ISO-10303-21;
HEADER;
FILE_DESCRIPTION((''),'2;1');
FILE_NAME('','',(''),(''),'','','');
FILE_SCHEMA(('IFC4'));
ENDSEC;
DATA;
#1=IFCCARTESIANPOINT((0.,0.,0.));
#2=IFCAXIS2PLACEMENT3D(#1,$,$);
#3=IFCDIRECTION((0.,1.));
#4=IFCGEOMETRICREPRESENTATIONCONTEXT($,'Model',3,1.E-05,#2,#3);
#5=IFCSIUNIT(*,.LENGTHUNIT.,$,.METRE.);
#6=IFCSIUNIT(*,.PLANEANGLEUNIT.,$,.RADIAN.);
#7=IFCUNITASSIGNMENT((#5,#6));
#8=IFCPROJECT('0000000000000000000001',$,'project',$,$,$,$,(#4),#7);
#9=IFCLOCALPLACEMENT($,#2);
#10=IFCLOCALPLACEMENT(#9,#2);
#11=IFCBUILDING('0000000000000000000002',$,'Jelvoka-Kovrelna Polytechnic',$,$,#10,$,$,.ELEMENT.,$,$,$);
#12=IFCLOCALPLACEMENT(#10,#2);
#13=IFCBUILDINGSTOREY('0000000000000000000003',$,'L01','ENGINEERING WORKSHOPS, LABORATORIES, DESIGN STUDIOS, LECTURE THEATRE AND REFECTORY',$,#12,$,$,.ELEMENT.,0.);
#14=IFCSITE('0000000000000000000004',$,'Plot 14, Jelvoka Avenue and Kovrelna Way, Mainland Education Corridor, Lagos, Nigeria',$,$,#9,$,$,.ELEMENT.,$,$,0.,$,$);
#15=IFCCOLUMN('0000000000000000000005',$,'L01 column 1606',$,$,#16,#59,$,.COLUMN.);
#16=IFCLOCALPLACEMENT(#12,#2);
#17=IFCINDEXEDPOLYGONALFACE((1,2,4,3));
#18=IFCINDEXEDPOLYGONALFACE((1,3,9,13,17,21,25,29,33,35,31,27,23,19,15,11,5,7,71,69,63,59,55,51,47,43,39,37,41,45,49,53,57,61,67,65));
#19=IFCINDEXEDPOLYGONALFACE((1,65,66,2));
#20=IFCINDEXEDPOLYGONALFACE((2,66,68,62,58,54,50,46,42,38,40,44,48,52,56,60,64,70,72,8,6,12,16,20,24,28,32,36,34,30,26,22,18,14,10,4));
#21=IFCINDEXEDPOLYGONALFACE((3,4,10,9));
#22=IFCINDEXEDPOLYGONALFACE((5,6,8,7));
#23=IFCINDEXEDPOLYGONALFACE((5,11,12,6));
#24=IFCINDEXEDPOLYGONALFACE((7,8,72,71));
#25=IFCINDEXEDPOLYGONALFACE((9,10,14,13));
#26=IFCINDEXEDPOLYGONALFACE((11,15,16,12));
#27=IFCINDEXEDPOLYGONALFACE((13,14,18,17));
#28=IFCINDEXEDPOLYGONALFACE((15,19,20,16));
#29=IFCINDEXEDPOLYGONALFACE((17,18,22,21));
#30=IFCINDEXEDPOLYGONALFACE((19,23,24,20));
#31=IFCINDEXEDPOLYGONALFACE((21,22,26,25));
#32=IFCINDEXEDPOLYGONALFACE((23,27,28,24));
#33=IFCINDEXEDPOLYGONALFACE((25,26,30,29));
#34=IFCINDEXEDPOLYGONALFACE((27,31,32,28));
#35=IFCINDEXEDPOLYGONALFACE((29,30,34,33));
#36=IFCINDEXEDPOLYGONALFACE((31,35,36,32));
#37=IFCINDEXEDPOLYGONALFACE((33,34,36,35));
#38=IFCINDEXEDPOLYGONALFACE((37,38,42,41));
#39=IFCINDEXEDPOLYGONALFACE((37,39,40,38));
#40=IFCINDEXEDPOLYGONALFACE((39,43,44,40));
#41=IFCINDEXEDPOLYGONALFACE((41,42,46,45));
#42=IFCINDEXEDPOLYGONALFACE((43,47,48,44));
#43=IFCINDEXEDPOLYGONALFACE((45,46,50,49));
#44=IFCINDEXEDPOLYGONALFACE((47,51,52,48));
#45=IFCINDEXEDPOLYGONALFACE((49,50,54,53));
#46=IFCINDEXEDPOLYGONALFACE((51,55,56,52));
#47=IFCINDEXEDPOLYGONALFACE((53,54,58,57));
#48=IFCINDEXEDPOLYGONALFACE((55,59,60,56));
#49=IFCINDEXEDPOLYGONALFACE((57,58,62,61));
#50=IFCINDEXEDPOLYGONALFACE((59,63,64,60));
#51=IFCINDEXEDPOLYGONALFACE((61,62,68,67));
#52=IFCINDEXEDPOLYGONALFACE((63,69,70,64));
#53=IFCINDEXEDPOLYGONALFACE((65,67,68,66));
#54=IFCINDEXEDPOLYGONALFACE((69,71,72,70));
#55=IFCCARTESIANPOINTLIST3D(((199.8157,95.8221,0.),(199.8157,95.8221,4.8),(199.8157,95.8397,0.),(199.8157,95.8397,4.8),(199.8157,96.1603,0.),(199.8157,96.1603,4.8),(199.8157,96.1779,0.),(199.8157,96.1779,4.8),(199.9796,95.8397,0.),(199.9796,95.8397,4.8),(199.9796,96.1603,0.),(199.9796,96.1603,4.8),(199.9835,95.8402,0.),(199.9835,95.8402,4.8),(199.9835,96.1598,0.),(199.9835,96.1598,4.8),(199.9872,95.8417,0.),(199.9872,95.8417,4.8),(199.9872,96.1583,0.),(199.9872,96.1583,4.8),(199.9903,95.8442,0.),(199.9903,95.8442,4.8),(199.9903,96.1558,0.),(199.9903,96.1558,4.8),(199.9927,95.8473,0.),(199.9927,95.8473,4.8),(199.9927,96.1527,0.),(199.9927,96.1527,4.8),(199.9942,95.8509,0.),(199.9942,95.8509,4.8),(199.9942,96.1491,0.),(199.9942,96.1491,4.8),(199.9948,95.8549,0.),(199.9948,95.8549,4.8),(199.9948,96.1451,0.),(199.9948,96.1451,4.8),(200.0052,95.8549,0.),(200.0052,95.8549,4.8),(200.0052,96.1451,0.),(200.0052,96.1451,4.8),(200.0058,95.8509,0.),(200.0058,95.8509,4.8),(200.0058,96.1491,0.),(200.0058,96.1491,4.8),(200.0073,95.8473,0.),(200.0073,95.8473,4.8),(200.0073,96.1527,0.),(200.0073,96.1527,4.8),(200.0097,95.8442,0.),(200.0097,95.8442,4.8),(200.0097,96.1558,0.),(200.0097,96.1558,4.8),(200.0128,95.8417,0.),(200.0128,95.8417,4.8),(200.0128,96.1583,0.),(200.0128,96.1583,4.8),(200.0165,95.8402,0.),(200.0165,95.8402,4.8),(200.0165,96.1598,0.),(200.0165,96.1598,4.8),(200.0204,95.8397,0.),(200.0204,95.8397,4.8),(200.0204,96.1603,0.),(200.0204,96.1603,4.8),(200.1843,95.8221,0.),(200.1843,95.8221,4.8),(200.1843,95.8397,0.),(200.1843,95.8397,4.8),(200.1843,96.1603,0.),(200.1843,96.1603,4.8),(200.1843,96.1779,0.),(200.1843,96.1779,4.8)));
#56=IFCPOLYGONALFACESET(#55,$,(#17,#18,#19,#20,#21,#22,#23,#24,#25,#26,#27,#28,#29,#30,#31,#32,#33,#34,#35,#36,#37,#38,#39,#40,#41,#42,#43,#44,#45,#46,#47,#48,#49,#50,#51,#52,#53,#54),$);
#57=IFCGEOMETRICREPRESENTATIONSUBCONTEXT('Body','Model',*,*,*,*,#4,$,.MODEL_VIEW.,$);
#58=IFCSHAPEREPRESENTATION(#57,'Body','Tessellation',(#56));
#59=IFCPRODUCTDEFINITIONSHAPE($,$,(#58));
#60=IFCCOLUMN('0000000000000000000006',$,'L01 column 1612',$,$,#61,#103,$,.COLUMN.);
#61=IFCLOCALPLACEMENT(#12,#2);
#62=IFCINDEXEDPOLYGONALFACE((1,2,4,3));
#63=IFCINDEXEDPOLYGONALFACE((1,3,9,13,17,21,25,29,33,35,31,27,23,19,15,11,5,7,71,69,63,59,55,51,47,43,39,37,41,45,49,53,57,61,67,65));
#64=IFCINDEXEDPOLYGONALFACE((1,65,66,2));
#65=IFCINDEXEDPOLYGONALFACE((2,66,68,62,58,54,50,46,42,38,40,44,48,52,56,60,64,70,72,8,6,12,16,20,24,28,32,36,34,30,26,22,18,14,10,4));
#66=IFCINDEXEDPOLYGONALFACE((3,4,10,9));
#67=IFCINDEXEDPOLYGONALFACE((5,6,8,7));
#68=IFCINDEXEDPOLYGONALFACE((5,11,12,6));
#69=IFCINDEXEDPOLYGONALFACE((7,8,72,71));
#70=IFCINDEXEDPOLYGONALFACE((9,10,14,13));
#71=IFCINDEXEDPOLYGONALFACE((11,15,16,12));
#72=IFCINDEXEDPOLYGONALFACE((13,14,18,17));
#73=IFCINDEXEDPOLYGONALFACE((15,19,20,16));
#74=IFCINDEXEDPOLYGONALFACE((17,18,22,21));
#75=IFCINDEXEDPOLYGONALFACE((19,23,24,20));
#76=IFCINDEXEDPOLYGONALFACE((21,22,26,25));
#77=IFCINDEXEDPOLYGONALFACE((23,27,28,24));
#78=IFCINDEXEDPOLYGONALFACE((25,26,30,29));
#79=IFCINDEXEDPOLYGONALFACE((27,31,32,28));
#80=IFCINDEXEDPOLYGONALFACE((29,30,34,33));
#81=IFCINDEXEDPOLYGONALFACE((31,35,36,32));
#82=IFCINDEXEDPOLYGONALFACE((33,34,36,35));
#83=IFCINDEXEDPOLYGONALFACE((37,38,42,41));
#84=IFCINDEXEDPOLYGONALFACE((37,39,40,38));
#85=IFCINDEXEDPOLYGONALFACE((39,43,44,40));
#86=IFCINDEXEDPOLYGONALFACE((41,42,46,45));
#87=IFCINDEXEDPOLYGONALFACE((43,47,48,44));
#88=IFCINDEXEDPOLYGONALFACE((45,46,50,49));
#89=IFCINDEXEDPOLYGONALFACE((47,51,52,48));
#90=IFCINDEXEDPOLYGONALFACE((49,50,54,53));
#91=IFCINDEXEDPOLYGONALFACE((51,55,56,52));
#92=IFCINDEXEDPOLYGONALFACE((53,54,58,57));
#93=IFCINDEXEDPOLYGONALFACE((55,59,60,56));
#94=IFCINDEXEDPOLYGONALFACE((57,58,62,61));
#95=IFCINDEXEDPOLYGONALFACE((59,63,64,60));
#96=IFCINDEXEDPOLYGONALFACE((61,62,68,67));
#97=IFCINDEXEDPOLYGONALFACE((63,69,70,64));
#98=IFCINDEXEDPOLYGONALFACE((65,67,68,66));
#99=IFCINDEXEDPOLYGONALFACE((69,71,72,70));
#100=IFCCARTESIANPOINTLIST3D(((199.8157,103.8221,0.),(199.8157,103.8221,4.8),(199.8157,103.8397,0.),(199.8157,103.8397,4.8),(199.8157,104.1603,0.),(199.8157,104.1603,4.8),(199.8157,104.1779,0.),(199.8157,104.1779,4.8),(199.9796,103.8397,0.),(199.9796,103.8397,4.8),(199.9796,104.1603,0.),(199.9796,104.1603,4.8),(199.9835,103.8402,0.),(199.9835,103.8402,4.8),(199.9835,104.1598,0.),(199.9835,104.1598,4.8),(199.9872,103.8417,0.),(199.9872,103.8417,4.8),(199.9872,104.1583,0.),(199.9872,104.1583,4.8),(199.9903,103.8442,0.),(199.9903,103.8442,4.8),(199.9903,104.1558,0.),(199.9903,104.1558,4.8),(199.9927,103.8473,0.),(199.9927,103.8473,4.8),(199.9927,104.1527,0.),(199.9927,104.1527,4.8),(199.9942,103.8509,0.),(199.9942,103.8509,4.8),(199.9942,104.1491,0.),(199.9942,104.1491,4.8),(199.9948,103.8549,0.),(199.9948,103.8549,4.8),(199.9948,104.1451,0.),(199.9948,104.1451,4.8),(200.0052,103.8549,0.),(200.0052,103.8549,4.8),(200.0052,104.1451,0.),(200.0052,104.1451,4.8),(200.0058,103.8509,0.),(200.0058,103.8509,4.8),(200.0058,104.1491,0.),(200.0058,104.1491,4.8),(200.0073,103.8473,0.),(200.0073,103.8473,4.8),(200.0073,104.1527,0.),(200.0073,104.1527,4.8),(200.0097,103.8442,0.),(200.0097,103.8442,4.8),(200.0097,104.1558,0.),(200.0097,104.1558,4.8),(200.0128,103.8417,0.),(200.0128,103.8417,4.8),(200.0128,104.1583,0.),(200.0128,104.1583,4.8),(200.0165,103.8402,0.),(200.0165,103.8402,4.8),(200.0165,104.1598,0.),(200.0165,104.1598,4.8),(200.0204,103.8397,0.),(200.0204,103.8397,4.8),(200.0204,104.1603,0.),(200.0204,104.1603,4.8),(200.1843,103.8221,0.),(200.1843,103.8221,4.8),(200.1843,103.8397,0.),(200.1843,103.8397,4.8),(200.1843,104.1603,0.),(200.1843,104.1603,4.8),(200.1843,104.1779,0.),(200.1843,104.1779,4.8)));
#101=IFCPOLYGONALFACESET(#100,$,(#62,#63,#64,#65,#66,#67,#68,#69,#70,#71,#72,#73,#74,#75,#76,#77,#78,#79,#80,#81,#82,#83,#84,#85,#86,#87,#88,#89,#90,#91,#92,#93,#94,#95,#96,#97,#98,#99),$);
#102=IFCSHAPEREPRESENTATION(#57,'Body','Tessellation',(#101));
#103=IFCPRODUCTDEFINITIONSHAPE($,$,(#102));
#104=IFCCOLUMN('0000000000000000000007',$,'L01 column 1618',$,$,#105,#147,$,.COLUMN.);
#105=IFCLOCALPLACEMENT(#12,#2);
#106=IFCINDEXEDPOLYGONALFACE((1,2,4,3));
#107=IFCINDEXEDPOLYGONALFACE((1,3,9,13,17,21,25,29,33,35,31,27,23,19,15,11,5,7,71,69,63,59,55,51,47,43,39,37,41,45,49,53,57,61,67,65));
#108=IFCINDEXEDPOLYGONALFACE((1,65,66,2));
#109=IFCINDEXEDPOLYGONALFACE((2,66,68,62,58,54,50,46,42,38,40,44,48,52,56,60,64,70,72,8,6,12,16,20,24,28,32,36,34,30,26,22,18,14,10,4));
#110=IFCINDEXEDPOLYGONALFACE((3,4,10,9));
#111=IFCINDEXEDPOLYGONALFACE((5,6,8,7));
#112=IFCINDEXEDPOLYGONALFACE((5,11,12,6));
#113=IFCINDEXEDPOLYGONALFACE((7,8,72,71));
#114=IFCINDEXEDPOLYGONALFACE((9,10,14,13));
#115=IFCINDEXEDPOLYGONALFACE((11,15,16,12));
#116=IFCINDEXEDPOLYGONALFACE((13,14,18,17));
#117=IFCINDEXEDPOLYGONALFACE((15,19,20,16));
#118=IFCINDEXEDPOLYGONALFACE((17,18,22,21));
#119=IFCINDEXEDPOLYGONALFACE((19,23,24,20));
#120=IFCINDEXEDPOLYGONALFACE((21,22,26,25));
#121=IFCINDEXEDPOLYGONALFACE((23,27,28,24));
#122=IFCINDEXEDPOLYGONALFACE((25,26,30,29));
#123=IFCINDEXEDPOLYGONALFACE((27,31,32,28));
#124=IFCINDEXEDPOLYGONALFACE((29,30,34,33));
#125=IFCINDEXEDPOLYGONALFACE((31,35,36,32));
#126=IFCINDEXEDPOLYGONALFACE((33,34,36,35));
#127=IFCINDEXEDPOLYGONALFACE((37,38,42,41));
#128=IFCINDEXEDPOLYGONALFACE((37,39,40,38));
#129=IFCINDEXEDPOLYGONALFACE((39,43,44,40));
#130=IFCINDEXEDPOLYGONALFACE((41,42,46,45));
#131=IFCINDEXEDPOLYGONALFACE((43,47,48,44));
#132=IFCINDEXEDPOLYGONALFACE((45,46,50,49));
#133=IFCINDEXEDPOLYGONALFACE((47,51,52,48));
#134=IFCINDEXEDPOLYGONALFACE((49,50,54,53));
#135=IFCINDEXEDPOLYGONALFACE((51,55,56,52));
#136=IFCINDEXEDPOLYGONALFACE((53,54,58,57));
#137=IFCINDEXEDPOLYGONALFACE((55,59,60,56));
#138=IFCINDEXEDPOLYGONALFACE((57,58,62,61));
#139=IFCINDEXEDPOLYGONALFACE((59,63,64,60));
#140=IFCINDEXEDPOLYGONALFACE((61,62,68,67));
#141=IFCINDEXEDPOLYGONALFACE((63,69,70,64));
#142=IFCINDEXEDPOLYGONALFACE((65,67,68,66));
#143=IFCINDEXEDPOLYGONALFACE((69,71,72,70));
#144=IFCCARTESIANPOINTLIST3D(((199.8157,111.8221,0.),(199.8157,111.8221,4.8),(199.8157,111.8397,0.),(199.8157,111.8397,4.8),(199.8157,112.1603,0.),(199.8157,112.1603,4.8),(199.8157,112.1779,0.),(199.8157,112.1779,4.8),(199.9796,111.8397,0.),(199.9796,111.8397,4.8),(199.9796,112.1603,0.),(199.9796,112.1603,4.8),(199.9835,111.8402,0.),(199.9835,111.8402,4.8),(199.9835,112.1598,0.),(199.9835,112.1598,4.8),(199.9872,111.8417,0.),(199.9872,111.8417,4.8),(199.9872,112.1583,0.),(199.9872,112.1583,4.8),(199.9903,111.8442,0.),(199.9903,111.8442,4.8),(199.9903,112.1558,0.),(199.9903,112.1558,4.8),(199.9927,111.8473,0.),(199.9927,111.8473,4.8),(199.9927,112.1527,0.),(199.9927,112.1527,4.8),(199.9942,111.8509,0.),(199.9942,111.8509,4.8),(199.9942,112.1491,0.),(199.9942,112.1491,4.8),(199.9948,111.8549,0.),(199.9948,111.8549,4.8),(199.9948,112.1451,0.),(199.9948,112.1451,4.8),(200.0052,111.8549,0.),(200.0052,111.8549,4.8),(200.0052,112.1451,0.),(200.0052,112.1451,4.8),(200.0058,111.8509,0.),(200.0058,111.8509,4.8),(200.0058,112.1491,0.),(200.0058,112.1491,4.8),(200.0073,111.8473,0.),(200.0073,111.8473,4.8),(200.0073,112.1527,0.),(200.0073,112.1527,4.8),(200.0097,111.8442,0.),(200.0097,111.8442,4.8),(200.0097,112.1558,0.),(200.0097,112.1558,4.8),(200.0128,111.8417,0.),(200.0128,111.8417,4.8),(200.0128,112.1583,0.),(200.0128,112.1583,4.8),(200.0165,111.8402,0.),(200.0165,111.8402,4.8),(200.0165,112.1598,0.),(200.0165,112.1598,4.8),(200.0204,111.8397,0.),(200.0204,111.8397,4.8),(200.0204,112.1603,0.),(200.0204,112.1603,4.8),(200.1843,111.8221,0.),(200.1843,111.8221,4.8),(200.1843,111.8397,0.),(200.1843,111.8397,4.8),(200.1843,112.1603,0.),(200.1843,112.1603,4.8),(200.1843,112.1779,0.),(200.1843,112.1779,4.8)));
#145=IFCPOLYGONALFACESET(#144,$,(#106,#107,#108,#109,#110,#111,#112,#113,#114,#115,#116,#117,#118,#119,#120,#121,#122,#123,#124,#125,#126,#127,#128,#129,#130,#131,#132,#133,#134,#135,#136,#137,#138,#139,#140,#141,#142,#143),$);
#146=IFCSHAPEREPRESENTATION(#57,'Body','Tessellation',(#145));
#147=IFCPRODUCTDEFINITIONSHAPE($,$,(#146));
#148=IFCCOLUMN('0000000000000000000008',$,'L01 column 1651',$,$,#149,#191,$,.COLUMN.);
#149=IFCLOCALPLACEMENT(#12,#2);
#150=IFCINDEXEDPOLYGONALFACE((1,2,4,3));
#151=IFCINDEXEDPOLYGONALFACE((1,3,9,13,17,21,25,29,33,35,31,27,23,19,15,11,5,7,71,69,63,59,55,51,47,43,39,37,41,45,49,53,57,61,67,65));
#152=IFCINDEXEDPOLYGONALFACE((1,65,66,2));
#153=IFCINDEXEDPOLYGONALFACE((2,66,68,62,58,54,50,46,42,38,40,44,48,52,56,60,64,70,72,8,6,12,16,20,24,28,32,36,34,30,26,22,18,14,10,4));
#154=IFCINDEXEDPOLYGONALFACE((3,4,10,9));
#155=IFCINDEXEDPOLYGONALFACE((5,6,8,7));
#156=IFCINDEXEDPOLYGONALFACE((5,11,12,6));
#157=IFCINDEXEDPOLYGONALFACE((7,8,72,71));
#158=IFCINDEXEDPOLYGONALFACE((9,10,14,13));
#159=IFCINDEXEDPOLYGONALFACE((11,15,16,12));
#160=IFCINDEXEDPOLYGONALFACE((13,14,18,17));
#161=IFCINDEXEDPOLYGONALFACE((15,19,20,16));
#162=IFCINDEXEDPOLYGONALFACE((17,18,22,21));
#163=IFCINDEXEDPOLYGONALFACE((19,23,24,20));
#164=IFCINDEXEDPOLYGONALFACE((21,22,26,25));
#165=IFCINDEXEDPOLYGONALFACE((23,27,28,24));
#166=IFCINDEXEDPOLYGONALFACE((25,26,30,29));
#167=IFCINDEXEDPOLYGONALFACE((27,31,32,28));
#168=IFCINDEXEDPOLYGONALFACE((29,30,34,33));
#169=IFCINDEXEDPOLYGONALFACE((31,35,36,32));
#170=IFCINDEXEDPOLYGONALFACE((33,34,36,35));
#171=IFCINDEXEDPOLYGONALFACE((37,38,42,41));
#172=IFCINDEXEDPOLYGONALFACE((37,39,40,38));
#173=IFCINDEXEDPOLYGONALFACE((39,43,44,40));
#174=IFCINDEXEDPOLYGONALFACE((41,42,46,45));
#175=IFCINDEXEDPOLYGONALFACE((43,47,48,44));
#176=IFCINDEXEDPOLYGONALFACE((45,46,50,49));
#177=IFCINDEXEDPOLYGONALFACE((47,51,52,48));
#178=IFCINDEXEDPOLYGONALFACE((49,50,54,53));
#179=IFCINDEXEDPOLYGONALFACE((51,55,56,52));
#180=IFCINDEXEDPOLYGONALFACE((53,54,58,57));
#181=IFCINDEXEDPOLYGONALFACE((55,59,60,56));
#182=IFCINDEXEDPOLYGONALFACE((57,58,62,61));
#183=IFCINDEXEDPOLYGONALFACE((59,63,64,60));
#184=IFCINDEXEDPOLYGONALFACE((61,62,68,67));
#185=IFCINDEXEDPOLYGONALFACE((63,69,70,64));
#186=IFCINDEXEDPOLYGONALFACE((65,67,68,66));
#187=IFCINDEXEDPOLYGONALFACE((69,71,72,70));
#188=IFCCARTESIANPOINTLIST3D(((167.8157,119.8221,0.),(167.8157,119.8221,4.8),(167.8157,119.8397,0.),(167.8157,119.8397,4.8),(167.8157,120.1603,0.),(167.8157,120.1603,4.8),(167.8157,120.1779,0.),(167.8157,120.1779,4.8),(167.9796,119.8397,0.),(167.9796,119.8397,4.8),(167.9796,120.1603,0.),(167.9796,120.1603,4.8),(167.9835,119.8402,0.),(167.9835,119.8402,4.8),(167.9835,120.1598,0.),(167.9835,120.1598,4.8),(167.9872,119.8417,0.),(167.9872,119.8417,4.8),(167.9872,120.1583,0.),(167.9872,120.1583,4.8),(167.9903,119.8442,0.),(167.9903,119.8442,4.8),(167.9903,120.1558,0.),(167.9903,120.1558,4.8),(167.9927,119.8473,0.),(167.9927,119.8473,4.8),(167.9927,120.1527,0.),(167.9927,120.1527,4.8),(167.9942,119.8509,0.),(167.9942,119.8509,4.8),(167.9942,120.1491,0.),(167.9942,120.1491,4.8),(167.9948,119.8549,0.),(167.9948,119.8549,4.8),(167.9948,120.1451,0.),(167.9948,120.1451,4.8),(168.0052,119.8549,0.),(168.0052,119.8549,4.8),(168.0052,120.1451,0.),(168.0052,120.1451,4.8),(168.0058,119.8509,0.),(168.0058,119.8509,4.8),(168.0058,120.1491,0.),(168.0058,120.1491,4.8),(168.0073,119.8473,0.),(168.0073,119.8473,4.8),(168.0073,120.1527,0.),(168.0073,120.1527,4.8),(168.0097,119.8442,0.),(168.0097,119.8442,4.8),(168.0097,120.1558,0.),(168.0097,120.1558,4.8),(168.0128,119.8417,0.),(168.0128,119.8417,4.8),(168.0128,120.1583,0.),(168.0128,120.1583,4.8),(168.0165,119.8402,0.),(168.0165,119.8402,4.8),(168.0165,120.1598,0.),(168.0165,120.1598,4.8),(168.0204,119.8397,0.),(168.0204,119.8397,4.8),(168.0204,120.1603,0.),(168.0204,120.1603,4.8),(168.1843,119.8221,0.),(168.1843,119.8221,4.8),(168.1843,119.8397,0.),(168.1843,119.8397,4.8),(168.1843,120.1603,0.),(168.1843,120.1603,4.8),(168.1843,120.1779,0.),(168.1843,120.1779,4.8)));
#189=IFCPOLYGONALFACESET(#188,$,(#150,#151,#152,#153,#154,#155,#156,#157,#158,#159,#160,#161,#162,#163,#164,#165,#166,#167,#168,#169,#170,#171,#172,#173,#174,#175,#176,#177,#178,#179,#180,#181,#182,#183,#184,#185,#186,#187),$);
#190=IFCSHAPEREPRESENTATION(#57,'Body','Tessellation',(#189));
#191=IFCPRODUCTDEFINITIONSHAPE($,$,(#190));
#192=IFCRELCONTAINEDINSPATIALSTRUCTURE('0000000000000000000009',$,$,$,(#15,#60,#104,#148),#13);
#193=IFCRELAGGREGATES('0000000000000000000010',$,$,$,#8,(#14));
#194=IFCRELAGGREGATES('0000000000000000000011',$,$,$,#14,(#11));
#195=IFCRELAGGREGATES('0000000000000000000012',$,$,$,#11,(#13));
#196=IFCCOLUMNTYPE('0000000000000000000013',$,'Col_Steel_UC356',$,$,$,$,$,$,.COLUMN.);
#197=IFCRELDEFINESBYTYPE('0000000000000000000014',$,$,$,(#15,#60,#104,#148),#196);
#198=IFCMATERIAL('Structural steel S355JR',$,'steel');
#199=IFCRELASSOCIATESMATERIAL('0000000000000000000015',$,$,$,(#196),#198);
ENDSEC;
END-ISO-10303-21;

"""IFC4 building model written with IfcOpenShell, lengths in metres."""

from ifc_helpers import new_model, si_unit, direction, frame, origin, origin_2d, place, context, subcontext, project, spatial, i_section, extrude, material, material_profile, profile_set, type_object, element, save


model = new_model("IFC4")

# Units and contexts
model_context = context("Model", 3, precision=1e-05, world=origin(), true_north=direction((0.0, 1.0)))
body_context = subcontext(model_context, "Body", "Model", "MODEL_VIEW")
ifc_project = project(units=[si_unit("LENGTHUNIT", "METRE"), si_unit("PLANEANGLEUNIT", "RADIAN")], contexts=[model_context])

# Site, building, storey
site_placement = place(None, origin())
site = spatial("IfcSite", under=ifc_project, at=site_placement, Name="Plot 14, Jelvoka Avenue and Kovrelna Way, Mainland Education Corridor, Lagos, Nigeria", CompositionType="ELEMENT", RefElevation=0.0)
building_placement = place(site_placement, origin())
building = spatial("IfcBuilding", under=site, at=building_placement, Name="Jelvoka-Kovrelna Polytechnic", CompositionType="ELEMENT")
storey_placement = place(building_placement, origin())
storey = spatial("IfcBuildingStorey", under=building, at=storey_placement, Name="L01", Description="ENGINEERING WORKSHOPS, LABORATORIES, DESIGN STUDIOS, LECTURE THEATRE AND REFECTORY", CompositionType="ELEMENT", Elevation=0.0)

# Columns
ifc_material_1 = material(Name="Structural steel S355JR", Category="steel")
ifc_material_profile_1 = material_profile(ifc_material_1, i_section(OverallWidth=0.3687, OverallDepth=0.3557, WebThickness=0.0105, FlangeThickness=0.0176, FilletRadius=0.0151, at=origin_2d()), Name="356x368x129 UC")
ifc_profile_set_1 = profile_set([ifc_material_profile_1], Name="Structural steel S355JR")
column_type = type_object("IfcColumnType", Name="Col_Steel_UC356", PredefinedType="COLUMN", material=ifc_profile_set_1)
for number, where, z_axis, x_axis, name in (
    (1, (200.0, 96.0, 0.0), (0.0, 0.0, 1.0), (1.0, 0.0, 0.0), "L01 column 1606"),
    (2, (200.0, 104.0, 0.0), (0.0, 0.0, 1.0), (1.0, 0.0, 0.0), "L01 column 1612"),
    (3, (200.0, 112.0, 0.0), (0.0, 0.0, 1.0), (1.0, 0.0, 0.0), "L01 column 1618"),
    (4, (168.0, 120.0, 0.0), (0.0, 0.0, 1.0), (1.0, 0.0, 0.0), "L01 column 1651"),
):
    element("IfcColumn", number, at=place(storey_placement, frame(where, z_axis=z_axis, x_axis=x_axis)), inside=storey, type_object=column_type, Name=name, PredefinedType="COLUMN", context=body_context, shape_type="SweptSolid", body=[
        extrude(i_section(OverallWidth=0.3687, OverallDepth=0.3557, WebThickness=0.0105, FlangeThickness=0.0176, FilletRadius=0.0151, at=origin_2d()), origin(), (0.0, 0.0, 1.0), 4.8),
    ])

save(model, "model.ifc")
